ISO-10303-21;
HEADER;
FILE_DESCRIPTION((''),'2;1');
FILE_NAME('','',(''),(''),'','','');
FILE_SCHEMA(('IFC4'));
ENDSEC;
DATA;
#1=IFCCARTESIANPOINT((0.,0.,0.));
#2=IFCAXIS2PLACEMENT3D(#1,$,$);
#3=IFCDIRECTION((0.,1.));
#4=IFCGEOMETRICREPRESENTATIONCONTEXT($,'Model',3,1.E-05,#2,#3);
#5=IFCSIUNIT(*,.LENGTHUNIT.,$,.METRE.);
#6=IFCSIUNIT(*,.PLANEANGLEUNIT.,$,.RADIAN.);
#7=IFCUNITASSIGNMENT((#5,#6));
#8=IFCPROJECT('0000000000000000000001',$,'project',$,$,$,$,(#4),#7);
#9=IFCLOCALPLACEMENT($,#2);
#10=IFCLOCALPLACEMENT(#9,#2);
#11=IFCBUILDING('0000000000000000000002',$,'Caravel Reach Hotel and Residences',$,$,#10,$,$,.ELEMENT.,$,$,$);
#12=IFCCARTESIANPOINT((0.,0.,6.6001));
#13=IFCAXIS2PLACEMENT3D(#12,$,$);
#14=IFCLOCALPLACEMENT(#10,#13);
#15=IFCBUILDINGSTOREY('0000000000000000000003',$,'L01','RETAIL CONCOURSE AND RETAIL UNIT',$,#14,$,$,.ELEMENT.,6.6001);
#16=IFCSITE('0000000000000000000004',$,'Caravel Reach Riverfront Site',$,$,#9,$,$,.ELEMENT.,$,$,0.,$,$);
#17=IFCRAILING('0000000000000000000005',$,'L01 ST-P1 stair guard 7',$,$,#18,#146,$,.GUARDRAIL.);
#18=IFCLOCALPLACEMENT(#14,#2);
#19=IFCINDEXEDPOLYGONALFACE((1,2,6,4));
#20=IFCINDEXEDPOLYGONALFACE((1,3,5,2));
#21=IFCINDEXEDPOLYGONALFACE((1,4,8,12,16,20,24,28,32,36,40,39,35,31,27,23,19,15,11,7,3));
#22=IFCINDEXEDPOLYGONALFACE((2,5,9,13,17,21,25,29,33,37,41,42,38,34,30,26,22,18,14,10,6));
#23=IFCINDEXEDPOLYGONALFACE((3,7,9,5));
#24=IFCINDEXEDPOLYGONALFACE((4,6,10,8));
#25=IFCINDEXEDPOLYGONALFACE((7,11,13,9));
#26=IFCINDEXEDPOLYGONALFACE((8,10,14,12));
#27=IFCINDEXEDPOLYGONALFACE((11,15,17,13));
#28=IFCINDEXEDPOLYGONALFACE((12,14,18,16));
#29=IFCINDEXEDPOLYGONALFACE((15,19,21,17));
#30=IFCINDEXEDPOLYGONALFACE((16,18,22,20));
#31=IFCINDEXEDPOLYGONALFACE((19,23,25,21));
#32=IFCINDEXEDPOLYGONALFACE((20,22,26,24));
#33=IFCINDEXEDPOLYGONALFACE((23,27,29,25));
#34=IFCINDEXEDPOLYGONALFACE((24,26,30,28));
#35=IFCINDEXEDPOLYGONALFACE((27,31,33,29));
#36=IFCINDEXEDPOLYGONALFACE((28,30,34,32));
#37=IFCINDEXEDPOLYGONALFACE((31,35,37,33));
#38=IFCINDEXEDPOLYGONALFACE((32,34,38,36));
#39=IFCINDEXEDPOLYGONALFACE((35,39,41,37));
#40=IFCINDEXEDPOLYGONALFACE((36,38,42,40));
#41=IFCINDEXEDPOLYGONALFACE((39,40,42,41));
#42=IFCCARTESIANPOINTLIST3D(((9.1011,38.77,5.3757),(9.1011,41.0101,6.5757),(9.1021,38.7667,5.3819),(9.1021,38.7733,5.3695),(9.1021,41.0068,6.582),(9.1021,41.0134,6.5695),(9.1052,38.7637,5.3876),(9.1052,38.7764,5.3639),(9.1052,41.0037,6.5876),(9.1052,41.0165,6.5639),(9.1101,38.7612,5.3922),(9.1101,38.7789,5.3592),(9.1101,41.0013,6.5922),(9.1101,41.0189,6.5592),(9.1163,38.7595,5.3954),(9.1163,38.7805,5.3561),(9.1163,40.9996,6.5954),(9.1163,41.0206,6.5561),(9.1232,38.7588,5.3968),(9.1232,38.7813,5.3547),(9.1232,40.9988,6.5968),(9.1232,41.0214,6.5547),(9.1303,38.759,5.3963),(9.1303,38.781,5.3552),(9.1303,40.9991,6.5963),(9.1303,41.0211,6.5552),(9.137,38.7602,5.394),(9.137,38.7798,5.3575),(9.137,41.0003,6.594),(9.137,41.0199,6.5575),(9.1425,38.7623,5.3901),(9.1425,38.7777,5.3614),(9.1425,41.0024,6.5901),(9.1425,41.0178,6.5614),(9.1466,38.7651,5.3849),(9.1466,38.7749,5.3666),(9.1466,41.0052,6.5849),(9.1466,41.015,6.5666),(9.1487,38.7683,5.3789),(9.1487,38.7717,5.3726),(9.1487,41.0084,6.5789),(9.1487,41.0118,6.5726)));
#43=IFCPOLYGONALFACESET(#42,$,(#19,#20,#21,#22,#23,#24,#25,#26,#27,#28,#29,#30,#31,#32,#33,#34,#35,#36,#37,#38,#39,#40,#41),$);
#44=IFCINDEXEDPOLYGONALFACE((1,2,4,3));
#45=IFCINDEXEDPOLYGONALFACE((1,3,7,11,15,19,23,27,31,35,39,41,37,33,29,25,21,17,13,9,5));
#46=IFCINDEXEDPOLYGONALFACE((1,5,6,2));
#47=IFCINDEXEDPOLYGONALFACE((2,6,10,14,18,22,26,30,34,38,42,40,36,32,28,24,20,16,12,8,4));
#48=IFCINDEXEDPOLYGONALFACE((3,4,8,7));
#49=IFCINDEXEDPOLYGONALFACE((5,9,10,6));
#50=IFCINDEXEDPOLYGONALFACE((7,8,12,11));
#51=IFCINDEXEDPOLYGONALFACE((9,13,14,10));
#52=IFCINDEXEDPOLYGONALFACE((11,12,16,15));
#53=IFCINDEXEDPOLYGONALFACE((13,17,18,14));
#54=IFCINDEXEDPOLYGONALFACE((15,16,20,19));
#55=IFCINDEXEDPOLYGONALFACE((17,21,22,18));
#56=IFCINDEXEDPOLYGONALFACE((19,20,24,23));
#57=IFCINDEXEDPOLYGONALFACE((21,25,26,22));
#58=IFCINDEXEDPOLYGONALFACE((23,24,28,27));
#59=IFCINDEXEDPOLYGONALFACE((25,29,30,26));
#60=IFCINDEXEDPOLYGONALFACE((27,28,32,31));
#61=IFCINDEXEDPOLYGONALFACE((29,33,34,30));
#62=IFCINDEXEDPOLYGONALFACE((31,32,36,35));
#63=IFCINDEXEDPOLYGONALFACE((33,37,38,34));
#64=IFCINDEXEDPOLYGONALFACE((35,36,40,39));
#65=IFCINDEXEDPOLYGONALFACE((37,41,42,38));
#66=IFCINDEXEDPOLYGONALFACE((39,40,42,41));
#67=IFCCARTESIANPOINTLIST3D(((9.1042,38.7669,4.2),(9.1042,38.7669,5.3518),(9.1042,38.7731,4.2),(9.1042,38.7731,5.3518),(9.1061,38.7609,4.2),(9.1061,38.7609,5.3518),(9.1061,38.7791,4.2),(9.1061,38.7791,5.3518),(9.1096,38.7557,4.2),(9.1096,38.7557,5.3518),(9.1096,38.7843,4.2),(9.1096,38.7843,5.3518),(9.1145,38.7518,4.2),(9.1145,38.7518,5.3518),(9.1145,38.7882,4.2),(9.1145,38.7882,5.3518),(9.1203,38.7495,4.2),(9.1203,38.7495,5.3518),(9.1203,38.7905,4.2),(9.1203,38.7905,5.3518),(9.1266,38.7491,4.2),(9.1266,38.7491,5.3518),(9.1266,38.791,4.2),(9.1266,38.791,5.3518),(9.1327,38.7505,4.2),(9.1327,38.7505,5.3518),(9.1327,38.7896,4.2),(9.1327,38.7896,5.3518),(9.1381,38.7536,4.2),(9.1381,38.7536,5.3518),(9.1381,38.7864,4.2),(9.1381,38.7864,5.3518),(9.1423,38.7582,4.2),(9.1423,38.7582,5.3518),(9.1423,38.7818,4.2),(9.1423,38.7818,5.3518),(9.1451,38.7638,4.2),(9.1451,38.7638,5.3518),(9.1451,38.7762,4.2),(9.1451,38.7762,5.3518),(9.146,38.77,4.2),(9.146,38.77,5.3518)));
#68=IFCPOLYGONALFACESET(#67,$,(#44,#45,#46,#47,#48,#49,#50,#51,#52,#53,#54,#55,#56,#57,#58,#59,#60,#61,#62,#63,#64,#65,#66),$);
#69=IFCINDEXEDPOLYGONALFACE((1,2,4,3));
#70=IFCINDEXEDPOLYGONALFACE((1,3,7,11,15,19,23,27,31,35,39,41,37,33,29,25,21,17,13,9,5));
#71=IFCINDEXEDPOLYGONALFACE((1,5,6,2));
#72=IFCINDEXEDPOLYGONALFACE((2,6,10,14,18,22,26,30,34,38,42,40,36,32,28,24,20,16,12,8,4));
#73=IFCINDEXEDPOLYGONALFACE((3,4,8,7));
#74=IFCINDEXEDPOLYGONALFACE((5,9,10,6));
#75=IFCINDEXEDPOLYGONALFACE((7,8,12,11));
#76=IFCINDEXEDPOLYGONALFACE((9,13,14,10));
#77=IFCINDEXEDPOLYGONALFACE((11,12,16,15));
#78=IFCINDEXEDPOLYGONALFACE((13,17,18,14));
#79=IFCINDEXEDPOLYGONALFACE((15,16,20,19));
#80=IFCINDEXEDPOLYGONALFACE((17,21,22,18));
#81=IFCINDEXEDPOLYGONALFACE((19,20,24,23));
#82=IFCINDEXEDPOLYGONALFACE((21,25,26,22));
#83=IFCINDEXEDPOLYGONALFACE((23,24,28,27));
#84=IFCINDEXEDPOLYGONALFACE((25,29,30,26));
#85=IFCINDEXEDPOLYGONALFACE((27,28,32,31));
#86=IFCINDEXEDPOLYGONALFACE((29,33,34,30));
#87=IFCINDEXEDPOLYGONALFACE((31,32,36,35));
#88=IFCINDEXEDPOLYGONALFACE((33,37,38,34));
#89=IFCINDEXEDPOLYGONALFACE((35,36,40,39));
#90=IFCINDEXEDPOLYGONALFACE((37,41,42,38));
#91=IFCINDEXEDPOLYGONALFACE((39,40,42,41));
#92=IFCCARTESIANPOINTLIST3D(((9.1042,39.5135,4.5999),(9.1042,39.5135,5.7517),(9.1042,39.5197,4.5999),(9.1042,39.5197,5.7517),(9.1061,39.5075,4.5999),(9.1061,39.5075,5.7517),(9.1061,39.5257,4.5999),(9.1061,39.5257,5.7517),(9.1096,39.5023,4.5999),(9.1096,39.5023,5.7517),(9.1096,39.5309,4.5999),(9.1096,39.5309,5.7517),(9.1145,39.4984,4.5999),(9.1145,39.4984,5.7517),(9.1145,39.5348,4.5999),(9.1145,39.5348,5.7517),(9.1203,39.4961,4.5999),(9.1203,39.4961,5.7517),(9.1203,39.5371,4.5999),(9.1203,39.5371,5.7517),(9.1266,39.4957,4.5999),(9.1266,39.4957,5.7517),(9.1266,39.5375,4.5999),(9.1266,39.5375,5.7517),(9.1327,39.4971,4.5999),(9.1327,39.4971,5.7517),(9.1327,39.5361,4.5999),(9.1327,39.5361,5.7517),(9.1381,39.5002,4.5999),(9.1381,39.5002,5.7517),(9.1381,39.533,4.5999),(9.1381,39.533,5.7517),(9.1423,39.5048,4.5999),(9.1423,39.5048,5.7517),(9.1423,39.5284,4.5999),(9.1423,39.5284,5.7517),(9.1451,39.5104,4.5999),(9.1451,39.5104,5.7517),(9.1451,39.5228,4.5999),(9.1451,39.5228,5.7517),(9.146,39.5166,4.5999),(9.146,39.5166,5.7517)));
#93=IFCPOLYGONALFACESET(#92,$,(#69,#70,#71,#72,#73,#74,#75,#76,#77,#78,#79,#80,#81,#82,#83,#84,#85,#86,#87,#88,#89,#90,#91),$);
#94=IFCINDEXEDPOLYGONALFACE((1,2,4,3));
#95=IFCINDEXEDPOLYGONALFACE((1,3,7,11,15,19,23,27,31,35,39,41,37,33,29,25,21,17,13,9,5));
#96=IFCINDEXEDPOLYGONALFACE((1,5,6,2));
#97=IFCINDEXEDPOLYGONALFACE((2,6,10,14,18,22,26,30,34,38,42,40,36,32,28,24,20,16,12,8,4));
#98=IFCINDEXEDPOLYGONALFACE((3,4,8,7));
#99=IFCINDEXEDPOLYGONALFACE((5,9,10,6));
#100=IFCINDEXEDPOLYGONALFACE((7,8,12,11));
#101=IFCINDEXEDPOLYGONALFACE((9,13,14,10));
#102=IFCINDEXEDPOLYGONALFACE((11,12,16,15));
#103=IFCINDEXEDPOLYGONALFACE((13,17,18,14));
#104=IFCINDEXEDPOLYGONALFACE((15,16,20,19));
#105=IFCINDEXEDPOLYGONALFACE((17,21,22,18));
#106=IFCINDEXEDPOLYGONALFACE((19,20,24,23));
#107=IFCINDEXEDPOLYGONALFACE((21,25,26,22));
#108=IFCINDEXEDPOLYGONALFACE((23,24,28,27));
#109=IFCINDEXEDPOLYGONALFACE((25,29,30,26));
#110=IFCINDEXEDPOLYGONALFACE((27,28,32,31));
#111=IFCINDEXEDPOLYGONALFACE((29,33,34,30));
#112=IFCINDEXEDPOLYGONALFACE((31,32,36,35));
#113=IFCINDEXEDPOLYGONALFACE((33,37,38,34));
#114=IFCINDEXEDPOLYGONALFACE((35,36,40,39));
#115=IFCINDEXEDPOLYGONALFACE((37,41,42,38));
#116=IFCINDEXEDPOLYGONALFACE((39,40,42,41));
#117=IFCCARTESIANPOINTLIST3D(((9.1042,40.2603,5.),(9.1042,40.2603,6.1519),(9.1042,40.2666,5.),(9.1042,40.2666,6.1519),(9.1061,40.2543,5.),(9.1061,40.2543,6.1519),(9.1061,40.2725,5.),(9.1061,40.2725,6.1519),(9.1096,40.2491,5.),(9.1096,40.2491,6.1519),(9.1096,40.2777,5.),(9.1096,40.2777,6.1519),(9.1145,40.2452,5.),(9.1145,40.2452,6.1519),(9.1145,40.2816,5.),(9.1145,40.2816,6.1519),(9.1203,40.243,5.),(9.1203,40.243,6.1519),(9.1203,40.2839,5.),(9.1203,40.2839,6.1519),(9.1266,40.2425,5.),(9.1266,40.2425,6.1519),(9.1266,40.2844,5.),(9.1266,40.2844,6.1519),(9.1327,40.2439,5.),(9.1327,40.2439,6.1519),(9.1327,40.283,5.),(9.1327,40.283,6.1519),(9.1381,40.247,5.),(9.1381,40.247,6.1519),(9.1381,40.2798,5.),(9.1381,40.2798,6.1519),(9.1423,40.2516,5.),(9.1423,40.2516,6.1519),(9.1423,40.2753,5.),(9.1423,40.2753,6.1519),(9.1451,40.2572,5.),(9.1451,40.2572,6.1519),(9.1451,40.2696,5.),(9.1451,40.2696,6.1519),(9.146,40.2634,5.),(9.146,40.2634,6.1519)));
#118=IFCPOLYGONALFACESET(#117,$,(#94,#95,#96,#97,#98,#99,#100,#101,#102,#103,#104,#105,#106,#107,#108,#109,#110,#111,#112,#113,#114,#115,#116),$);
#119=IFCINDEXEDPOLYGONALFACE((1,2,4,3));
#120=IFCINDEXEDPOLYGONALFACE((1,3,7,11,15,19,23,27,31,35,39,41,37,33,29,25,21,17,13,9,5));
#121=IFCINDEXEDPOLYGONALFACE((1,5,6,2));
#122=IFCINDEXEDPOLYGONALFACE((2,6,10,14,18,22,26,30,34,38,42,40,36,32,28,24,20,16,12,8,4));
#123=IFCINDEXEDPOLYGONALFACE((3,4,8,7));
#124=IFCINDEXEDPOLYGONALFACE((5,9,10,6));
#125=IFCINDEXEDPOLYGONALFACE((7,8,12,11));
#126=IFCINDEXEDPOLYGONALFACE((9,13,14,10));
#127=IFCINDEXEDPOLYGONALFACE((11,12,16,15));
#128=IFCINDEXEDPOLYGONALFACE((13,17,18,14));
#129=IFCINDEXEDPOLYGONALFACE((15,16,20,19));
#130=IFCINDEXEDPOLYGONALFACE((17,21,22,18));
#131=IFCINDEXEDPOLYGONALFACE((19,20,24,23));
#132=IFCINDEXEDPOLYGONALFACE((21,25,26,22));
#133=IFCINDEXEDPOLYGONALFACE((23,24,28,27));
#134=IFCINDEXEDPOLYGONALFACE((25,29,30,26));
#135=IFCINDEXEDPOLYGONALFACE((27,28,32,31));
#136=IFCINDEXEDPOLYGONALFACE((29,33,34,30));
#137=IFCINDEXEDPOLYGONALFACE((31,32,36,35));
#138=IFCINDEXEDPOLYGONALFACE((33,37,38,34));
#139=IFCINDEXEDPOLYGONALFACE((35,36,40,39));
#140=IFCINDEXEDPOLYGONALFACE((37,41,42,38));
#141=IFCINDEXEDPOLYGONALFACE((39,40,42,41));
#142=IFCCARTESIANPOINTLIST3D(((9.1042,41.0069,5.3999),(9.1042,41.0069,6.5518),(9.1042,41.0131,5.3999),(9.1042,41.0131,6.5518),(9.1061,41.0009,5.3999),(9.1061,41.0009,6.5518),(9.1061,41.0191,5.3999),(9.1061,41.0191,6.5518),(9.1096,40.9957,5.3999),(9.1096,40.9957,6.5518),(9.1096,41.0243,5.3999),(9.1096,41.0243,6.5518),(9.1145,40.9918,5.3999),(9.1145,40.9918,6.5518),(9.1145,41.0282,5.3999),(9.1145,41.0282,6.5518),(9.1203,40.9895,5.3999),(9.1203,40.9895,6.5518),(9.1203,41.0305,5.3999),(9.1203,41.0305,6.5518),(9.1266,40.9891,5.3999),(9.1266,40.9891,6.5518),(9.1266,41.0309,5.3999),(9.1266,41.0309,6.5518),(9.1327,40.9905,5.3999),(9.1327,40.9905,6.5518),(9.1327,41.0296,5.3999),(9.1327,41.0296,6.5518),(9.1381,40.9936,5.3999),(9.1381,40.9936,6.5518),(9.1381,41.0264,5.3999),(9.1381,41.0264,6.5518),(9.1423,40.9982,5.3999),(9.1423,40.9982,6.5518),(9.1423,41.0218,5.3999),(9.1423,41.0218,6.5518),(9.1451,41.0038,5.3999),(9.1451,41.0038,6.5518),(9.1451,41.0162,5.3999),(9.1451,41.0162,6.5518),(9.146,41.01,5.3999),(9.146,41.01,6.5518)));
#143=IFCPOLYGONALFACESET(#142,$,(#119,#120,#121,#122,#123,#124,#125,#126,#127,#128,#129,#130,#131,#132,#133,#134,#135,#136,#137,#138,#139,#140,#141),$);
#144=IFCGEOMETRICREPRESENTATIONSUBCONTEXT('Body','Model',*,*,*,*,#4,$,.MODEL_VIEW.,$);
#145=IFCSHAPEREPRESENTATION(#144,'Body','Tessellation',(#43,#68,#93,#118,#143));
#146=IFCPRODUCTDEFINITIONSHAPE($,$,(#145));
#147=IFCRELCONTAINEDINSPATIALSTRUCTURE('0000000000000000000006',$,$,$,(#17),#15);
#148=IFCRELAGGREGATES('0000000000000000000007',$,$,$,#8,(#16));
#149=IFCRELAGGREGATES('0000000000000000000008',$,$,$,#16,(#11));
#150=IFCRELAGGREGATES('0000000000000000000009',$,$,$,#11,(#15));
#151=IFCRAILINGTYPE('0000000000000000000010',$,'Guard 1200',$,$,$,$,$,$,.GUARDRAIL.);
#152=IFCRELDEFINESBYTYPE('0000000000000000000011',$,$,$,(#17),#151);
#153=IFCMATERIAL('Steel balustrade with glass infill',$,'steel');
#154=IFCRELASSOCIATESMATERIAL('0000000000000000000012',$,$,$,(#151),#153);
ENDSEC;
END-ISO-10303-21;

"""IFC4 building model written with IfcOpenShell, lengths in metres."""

from ifc_helpers import new_model, si_unit, direction, frame, origin, origin_2d, place, context, subcontext, project, spatial, circle, extrude, material, type_object, element, save


model = new_model("IFC4")

# Units and contexts
model_context = context("Model", 3, precision=1e-05, world=origin(), true_north=direction((0.0, 1.0)))
body_context = subcontext(model_context, "Body", "Model", "MODEL_VIEW")
ifc_project = project(units=[si_unit("LENGTHUNIT", "METRE"), si_unit("PLANEANGLEUNIT", "RADIAN")], contexts=[model_context])

# Site, building, storey
site_placement = place(None, origin())
site = spatial("IfcSite", under=ifc_project, at=site_placement, Name="Caravel Reach Riverfront Site", CompositionType="ELEMENT", RefElevation=0.0)
building_placement = place(site_placement, origin())
building = spatial("IfcBuilding", under=site, at=building_placement, Name="Caravel Reach Hotel and Residences", CompositionType="ELEMENT")
storey_placement = place(building_placement, frame((0.0, 0.0, 6.6001)))
storey = spatial("IfcBuildingStorey", under=building, at=storey_placement, Name="L01", Description="RETAIL CONCOURSE AND RETAIL UNIT", CompositionType="ELEMENT", Elevation=6.6001)

# Railing
ifc_material_1 = material(Name="Steel balustrade with glass infill", Category="steel")
railing_type_1 = type_object("IfcRailingType", Name="Guard 1200", PredefinedType="GUARDRAIL", material=ifc_material_1)
railing_1_placement = place(storey_placement, frame((9.125, 38.77, 4.2)))
element("IfcRailing", 1, at=railing_1_placement, inside=storey, type_object=railing_type_1, Name="L01 ST-P1 stair guard 7", PredefinedType="GUARDRAIL", context=body_context, shape_type="SweptSolid", body=[
    extrude(circle(Radius=0.0239, at=origin_2d()), frame((0.0, 0.0, 1.1758), z_axis=(0.0, 0.881487, 0.472208), x_axis=(-1.0, 0.0, 0.0)), (0.0, 0.0, 1.0), 2.5413),
    extrude(circle(Radius=0.021, at=origin_2d()), origin(), (0.0, 0.0, 1.0), 1.1519),
    extrude(circle(Radius=0.021, at=origin_2d()), frame((0.0, 0.7466, 0.3999)), (0.0, 0.0, 1.0), 1.1519),
    extrude(circle(Radius=0.021, at=origin_2d()), frame((0.0, 1.4934, 0.8)), (0.0, 0.0, 1.0), 1.1519),
    extrude(circle(Radius=0.021, at=origin_2d()), frame((0.0, 2.24, 1.2)), (0.0, 0.0, 1.0), 1.1519),
])

save(model, "model.ifc")
